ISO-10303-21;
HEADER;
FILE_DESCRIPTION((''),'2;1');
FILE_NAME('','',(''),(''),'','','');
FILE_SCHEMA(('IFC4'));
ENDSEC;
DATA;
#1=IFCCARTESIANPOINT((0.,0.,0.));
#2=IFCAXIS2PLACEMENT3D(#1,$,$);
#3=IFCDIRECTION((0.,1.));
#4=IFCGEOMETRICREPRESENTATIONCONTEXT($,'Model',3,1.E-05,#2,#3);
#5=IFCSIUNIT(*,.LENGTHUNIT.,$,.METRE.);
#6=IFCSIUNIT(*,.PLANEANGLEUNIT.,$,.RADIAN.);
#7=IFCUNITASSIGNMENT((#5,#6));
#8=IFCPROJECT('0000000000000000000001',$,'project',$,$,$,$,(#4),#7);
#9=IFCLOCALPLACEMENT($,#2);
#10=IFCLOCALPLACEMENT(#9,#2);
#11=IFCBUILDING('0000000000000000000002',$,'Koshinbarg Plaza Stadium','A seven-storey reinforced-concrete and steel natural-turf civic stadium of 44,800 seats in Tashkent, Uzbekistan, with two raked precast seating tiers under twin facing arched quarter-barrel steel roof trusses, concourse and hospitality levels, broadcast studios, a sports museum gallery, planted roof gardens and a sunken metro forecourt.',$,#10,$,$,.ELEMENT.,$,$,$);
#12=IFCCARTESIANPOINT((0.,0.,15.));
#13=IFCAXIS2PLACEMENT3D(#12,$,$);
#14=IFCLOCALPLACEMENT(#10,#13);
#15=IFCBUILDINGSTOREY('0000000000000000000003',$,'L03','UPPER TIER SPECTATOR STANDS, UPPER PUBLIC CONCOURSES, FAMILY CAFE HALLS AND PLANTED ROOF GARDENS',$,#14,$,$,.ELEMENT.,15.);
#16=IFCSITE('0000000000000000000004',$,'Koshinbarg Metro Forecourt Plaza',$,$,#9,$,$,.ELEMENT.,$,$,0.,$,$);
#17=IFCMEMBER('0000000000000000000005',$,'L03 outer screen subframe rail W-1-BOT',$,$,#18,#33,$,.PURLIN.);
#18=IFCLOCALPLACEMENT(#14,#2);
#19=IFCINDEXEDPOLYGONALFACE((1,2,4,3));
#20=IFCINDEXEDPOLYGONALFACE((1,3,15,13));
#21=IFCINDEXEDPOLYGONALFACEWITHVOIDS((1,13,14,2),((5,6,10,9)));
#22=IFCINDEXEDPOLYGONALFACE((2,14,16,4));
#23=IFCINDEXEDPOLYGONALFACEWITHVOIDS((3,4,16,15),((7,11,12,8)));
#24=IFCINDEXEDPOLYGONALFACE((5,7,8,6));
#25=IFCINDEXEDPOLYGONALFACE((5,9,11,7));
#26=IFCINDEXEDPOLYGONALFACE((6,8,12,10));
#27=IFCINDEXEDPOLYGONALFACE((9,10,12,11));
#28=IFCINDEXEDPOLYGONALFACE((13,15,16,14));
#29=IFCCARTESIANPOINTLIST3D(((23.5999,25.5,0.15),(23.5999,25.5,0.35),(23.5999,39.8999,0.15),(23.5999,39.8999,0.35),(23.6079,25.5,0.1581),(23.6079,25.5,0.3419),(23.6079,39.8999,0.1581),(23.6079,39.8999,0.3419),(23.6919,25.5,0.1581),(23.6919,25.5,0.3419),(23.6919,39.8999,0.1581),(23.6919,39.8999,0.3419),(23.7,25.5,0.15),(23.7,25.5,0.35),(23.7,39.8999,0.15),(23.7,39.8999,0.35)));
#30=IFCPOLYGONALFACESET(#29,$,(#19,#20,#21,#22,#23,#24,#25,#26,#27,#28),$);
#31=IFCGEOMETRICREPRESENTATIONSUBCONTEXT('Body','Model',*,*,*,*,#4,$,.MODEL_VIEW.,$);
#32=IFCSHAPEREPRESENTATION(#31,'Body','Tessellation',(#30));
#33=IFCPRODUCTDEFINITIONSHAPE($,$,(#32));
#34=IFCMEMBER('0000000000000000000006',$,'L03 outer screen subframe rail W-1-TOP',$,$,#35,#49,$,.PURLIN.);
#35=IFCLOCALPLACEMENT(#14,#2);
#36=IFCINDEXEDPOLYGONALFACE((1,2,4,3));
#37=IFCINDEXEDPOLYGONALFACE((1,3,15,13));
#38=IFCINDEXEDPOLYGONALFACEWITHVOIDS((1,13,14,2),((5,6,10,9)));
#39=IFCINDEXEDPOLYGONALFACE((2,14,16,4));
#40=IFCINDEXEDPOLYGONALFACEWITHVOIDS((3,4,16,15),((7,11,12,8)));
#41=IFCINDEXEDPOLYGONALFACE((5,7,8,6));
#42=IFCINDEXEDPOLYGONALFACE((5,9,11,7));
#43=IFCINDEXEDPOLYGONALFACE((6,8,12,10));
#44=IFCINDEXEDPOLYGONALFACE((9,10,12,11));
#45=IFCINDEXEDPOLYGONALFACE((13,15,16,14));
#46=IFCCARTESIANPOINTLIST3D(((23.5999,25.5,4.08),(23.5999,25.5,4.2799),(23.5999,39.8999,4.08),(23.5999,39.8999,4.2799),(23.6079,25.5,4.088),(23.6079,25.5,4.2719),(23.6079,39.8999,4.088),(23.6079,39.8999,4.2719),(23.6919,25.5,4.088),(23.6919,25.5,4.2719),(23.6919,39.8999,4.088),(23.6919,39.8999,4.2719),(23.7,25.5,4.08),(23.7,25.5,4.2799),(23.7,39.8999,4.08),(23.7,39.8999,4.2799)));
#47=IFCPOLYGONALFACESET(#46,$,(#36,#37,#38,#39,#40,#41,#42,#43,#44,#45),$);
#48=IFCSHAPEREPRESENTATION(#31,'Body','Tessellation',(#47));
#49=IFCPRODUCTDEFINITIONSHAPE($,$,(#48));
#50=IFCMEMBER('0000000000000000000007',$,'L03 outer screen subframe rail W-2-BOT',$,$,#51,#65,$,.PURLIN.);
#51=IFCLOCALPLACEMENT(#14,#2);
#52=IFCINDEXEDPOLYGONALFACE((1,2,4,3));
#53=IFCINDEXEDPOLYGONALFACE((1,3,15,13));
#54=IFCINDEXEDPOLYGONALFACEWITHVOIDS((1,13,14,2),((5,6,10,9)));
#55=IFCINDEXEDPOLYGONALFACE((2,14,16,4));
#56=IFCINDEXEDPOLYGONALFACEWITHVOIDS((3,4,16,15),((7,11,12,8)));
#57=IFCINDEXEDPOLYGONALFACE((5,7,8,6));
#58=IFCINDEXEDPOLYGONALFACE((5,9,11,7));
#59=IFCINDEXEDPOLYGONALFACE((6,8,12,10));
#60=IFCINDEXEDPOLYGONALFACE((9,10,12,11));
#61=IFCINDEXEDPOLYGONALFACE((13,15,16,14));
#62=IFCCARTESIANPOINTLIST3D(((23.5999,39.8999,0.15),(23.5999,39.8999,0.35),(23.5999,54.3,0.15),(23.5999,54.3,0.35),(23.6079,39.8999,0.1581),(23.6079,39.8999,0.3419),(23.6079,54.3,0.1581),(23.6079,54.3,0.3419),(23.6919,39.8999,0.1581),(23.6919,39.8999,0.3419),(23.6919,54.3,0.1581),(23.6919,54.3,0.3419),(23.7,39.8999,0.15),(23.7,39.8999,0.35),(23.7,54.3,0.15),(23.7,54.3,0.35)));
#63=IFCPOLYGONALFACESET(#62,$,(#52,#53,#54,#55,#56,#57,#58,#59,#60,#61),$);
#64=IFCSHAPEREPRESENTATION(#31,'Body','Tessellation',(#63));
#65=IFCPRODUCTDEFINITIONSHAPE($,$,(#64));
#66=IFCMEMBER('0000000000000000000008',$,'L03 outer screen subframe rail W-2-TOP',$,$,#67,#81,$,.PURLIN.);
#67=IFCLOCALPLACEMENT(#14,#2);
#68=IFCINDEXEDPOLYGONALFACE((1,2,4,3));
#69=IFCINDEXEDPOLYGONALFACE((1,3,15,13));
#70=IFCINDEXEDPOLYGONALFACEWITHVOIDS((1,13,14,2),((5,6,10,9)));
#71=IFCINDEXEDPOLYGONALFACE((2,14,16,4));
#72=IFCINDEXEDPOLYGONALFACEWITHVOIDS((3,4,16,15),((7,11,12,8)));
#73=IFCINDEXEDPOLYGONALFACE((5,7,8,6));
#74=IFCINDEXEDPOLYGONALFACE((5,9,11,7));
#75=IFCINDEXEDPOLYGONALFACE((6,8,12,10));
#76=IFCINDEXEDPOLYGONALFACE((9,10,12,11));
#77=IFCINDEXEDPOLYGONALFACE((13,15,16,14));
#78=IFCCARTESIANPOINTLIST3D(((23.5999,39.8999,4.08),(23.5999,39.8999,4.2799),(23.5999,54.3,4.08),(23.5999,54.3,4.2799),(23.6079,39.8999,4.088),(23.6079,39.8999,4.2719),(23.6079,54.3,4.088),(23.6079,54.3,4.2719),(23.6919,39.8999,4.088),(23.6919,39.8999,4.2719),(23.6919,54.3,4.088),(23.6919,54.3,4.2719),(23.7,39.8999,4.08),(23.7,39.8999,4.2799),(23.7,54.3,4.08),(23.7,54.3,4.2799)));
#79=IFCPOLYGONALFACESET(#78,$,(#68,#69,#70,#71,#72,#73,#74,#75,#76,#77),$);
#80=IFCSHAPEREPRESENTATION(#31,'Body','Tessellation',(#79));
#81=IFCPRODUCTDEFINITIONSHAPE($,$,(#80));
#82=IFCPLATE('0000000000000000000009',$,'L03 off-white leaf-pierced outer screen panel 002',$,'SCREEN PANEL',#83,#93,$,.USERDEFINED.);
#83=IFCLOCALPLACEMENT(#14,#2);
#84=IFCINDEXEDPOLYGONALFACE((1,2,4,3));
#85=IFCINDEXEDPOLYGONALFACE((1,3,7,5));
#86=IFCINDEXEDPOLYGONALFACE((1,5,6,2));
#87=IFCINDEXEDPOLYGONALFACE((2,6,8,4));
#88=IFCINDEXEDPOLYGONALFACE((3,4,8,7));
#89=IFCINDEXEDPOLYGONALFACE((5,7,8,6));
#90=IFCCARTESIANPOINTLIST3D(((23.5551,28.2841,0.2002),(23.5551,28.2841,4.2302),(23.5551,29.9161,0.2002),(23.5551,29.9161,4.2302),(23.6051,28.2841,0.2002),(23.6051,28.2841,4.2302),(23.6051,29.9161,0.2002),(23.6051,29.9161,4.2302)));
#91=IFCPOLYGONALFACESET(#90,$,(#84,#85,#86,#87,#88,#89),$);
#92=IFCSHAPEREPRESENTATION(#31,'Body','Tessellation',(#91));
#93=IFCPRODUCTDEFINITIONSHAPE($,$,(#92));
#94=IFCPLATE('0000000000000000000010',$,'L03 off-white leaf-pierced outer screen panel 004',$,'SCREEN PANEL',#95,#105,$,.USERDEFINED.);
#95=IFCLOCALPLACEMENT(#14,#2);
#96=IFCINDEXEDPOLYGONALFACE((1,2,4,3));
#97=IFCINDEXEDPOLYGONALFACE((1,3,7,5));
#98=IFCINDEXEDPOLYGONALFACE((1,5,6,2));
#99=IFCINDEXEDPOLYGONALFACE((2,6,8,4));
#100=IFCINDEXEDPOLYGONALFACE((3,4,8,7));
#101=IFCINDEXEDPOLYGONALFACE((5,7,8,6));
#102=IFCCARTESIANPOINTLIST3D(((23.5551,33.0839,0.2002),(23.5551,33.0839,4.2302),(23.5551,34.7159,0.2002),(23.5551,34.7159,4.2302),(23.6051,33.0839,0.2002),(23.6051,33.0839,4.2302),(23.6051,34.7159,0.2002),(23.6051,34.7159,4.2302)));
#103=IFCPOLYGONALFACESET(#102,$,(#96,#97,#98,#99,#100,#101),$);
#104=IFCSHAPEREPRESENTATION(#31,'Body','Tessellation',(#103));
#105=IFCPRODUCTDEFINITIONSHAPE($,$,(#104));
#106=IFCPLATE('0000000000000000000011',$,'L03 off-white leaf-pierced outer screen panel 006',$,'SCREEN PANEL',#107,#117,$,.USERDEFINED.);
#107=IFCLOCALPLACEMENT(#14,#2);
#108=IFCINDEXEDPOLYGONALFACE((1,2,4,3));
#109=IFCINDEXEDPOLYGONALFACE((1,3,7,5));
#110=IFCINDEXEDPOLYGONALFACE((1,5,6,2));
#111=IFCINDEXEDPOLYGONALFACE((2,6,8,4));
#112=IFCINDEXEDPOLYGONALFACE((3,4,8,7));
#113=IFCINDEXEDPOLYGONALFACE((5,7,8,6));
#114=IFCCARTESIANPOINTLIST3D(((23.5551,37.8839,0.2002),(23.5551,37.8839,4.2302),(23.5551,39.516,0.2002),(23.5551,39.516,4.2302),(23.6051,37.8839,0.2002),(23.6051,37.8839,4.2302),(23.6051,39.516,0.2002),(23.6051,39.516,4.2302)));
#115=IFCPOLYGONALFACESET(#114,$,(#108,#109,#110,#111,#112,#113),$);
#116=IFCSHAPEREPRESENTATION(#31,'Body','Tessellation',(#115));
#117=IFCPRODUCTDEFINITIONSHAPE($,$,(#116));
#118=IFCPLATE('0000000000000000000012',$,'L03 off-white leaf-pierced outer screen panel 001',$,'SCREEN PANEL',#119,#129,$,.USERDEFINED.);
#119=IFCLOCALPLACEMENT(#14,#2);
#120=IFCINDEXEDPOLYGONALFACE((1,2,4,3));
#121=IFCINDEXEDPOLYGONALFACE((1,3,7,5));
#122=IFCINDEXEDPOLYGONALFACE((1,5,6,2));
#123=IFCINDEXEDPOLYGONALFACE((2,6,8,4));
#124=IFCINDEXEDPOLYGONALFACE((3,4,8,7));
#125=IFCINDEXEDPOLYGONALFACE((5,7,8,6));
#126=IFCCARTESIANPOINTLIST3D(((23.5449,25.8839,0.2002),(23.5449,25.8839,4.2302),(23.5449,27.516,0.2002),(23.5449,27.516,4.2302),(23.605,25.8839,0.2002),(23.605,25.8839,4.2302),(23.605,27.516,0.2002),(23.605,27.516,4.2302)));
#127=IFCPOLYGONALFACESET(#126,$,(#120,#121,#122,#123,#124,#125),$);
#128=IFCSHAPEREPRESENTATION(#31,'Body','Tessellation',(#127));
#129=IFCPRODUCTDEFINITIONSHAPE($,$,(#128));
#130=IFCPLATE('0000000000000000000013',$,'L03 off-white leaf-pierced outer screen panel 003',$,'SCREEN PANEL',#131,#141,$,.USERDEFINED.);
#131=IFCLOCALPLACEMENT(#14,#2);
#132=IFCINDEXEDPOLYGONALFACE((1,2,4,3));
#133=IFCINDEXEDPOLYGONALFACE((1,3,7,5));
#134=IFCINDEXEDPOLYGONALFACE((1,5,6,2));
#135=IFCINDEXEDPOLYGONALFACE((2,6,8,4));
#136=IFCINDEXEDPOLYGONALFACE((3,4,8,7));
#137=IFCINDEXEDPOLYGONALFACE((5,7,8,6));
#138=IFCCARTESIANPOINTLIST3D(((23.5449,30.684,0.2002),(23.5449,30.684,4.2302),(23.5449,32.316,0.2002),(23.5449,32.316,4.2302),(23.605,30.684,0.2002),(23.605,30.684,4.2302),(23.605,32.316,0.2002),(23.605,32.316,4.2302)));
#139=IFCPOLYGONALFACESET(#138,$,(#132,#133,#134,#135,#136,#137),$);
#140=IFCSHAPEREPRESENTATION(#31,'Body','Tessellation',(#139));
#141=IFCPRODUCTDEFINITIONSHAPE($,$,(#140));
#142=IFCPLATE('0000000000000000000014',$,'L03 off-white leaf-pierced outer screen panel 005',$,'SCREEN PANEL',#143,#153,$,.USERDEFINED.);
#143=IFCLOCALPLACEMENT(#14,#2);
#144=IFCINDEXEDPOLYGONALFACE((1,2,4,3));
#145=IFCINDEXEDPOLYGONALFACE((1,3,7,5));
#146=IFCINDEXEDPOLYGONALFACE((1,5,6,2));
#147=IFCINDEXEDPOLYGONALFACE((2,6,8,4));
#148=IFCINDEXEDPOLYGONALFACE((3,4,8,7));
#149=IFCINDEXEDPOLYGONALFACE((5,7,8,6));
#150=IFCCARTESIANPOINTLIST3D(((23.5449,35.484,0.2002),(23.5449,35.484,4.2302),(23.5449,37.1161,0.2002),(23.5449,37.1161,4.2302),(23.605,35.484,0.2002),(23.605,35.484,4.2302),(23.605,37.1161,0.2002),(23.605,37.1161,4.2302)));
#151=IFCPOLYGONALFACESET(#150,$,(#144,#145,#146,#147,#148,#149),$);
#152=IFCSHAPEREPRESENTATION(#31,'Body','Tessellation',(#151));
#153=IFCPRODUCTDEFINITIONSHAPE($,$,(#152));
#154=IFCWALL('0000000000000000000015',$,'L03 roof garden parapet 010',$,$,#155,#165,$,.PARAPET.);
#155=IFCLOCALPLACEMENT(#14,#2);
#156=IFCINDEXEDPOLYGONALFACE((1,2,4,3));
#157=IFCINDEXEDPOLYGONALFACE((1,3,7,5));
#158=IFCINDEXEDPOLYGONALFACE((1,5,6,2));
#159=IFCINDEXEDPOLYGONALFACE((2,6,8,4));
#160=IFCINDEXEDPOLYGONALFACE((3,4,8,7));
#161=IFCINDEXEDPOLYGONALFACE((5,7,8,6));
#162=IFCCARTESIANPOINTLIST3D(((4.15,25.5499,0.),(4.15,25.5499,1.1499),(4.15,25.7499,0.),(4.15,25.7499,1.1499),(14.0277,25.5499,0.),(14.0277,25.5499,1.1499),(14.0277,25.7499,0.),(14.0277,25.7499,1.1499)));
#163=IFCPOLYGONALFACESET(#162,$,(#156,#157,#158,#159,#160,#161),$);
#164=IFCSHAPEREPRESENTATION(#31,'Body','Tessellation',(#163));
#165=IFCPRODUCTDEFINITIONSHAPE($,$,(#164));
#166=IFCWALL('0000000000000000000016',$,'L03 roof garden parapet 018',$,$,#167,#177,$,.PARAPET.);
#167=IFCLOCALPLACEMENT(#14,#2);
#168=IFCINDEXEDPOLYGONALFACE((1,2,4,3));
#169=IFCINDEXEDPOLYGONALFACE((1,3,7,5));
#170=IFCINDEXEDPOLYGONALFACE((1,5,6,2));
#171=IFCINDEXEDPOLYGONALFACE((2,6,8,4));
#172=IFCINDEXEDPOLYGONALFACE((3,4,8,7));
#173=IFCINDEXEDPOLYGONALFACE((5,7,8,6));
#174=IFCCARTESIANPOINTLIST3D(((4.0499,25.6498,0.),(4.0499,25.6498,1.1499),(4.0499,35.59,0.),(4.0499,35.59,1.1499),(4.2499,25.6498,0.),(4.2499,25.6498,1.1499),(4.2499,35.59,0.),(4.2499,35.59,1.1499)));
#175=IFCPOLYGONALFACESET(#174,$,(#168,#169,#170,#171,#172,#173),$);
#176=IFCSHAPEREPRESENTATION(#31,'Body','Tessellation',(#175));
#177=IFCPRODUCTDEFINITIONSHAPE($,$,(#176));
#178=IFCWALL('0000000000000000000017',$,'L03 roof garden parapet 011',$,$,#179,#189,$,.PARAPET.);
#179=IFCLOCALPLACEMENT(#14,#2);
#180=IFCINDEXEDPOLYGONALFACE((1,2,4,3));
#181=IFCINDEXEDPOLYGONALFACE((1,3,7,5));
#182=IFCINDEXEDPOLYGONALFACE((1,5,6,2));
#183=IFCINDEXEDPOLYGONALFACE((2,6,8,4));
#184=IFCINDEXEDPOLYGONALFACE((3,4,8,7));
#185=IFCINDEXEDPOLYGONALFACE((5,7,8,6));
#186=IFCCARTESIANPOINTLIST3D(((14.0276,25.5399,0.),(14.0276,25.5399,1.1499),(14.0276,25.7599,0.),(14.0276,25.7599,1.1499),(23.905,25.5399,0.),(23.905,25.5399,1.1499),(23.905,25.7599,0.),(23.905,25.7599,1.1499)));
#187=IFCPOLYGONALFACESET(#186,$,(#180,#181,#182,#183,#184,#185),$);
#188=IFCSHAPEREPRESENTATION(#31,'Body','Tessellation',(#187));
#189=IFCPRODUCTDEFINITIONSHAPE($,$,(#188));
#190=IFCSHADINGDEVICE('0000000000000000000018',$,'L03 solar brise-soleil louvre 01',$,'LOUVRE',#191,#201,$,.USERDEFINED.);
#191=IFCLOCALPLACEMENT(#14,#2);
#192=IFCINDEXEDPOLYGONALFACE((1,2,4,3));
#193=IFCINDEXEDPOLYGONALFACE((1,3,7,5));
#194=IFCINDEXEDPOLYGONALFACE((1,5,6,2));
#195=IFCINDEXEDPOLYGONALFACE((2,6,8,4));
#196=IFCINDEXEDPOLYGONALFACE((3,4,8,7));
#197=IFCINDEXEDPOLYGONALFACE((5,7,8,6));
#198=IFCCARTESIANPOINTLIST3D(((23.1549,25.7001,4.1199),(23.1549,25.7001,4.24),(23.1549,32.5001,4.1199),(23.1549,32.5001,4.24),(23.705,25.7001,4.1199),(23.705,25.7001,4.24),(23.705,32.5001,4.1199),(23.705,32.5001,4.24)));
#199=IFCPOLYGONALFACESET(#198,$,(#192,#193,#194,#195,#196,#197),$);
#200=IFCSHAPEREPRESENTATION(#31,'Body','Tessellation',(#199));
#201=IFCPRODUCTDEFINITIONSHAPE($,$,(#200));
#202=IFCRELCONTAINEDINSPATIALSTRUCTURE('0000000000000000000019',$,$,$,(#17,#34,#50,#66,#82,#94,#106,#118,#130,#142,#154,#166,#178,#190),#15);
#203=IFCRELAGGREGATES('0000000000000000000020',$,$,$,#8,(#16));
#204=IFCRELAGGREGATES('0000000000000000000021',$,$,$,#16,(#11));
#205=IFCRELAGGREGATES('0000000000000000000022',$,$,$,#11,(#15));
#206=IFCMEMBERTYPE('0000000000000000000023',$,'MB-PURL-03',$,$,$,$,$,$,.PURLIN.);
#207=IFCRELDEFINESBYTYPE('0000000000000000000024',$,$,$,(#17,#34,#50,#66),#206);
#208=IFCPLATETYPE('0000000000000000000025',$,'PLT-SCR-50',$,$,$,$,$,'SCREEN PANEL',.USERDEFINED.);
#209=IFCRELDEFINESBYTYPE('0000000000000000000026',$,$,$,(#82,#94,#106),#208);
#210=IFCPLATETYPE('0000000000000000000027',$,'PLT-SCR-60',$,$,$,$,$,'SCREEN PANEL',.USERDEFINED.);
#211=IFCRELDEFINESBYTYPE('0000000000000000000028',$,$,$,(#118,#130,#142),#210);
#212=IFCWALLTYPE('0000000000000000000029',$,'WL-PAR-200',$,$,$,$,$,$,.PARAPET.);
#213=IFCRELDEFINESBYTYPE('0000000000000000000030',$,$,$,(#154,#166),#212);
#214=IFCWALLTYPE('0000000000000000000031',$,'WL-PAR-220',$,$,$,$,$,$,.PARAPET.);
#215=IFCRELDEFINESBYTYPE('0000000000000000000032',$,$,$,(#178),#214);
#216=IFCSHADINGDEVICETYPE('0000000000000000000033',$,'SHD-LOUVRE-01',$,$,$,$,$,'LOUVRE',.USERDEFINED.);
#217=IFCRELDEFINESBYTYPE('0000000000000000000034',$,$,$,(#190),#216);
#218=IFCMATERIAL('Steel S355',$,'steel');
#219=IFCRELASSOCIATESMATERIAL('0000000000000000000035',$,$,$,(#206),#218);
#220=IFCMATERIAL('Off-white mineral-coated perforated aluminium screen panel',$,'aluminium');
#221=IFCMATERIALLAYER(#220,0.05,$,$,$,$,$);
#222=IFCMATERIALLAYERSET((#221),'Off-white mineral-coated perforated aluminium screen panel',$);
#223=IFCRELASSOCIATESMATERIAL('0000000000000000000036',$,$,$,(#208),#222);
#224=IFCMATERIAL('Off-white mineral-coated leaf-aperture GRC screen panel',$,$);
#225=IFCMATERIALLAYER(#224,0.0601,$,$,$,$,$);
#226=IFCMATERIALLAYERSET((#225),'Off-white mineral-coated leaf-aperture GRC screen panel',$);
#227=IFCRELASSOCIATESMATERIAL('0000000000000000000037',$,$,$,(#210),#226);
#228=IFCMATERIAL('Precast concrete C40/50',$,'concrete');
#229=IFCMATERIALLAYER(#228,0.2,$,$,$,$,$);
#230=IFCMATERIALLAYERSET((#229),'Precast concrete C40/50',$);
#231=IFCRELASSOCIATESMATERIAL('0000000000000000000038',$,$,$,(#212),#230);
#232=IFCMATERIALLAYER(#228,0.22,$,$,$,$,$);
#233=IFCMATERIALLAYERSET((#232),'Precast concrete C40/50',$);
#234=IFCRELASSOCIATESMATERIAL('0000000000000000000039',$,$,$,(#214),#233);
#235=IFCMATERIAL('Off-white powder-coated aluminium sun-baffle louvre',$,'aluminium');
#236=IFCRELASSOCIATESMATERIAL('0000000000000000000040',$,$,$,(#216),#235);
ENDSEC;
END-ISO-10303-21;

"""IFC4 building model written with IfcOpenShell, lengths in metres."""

from ifc_helpers import new_model, si_unit, direction, frame, frame_2d, origin, origin_2d, place, context, subcontext, project, spatial, rectangle, hollow_rectangle, extrude, material, layer, layer_set, material_profile, profile_set, type_object, element, save


model = new_model("IFC4")

# Units and contexts
model_context = context("Model", 3, precision=1e-05, world=origin(), true_north=direction((0.0, 1.0)))
body_context = subcontext(model_context, "Body", "Model", "MODEL_VIEW")
ifc_project = project(units=[si_unit("LENGTHUNIT", "METRE"), si_unit("PLANEANGLEUNIT", "RADIAN")], contexts=[model_context])

# Site, building, storey
site_placement = place(None, origin())
site = spatial("IfcSite", under=ifc_project, at=site_placement, Name="Koshinbarg Metro Forecourt Plaza", CompositionType="ELEMENT", RefElevation=0.0)
building_placement = place(site_placement, origin())
building = spatial("IfcBuilding", under=site, at=building_placement, Name="Koshinbarg Plaza Stadium", Description="A seven-storey reinforced-concrete and steel natural-turf civic stadium of 44,800 seats in Tashkent, Uzbekistan, with two raked precast seating tiers under twin facing arched quarter-barrel steel roof trusses, concourse and hospitality levels, broadcast studios, a sports museum gallery, planted roof gardens and a sunken metro forecourt.", CompositionType="ELEMENT")
storey_placement = place(building_placement, frame((0.0, 0.0, 15.0)))
storey = spatial("IfcBuildingStorey", under=building, at=storey_placement, Name="L03", Description="UPPER TIER SPECTATOR STANDS, UPPER PUBLIC CONCOURSES, FAMILY CAFE HALLS AND PLANTED ROOF GARDENS", CompositionType="ELEMENT", Elevation=15.0)

# Shared definitions
ifc_material_1 = material(Name="Steel S355", Category="steel")

# Members
ifc_material_profile_1 = material_profile(ifc_material_1, hollow_rectangle(XDim=0.1001, YDim=0.2, WallThickness=0.0081, at=origin_2d()), Name="RHS 200x100x8")
ifc_profile_set_1 = profile_set([ifc_material_profile_1], Name="Steel S355")
member_type = type_object("IfcMemberType", Name="MB-PURL-03", PredefinedType="PURLIN", material=ifc_profile_set_1)
for number, where, z_axis, x_axis, name in (
    (1, (23.6499, 25.5, 0.25), (0.0, 1.0, 0.0), (-1.0, 0.0, 0.0), "L03 outer screen subframe rail W-1-BOT"),
    (2, (23.6499, 25.5, 4.1799), (0.0, 1.0, 0.0), (-1.0, 0.0, 0.0), "L03 outer screen subframe rail W-1-TOP"),
):
    element("IfcMember", number, at=place(storey_placement, frame(where, z_axis=z_axis, x_axis=x_axis)), inside=storey, type_object=member_type, Name=name, PredefinedType="PURLIN", context=body_context, shape_type="SweptSolid", body=[
        extrude(hollow_rectangle(XDim=0.1001, YDim=0.2, WallThickness=0.0081, at=origin_2d()), origin(), (0.0, 0.0, 1.0), 14.3999),
    ])
for number, where, z_axis, x_axis, name in (
    (3, (23.6499, 39.8999, 0.25), (0.0, 1.0, 0.0), (-1.0, 0.0, 0.0), "L03 outer screen subframe rail W-2-BOT"),
    (4, (23.6499, 39.8999, 4.1799), (0.0, 1.0, 0.0), (-1.0, 0.0, 0.0), "L03 outer screen subframe rail W-2-TOP"),
):
    element("IfcMember", number, at=place(storey_placement, frame(where, z_axis=z_axis, x_axis=x_axis)), inside=storey, type_object=member_type, Name=name, PredefinedType="PURLIN", context=body_context, shape_type="SweptSolid", body=[
        extrude(hollow_rectangle(XDim=0.1001, YDim=0.2, WallThickness=0.0081, at=origin_2d()), origin(), (0.0, 0.0, 1.0), 14.4001),
    ])

# Plates
ifc_material_2 = material(Name="Off-white mineral-coated perforated aluminium screen panel", Category="aluminium")
ifc_layer_1 = layer(ifc_material_2, 0.05)
ifc_layer_set_1 = layer_set([ifc_layer_1], Name="Off-white mineral-coated perforated aluminium screen panel")
plate_type_1 = type_object("IfcPlateType", Name="PLT-SCR-50", ElementType="SCREEN PANEL", PredefinedType="USERDEFINED", material=ifc_layer_set_1)
for number, where, z_axis, x_axis, name in (
    (5, (23.5801, 29.1001, 0.2002), (0.0, 0.0, 1.0), (1.0, 0.0, 0.0), "L03 off-white leaf-pierced outer screen panel 002"),
    (6, (23.5801, 33.8999, 0.2002), (0.0, 0.0, 1.0), (1.0, 0.0, 0.0), "L03 off-white leaf-pierced outer screen panel 004"),
    (7, (23.5801, 38.7, 0.2002), (0.0, 0.0, 1.0), (1.0, 0.0, 0.0), "L03 off-white leaf-pierced outer screen panel 006"),
):
    element("IfcPlate", number, at=place(storey_placement, frame(where, z_axis=z_axis, x_axis=x_axis)), inside=storey, type_object=plate_type_1, Name=name, ObjectType="SCREEN PANEL", PredefinedType="USERDEFINED", context=body_context, shape_type="SweptSolid", body=[
        extrude(rectangle(XDim=0.05, YDim=1.6321, at=origin_2d()), origin(), (0.0, 0.0, 1.0), 4.03),
    ])
ifc_material_3 = material(Name="Off-white mineral-coated leaf-aperture GRC screen panel")
ifc_layer_2 = layer(ifc_material_3, 0.0601)
ifc_layer_set_2 = layer_set([ifc_layer_2], Name="Off-white mineral-coated leaf-aperture GRC screen panel")
plate_type_2 = type_object("IfcPlateType", Name="PLT-SCR-60", ElementType="SCREEN PANEL", PredefinedType="USERDEFINED", material=ifc_layer_set_2)
for number, where, z_axis, x_axis, name in (
    (8, (23.575, 26.7, 0.2002), (0.0, 0.0, 1.0), (1.0, 0.0, 0.0), "L03 off-white leaf-pierced outer screen panel 001"),
    (9, (23.575, 31.5, 0.2002), (0.0, 0.0, 1.0), (1.0, 0.0, 0.0), "L03 off-white leaf-pierced outer screen panel 003"),
    (10, (23.575, 36.3, 0.2002), (0.0, 0.0, 1.0), (1.0, 0.0, 0.0), "L03 off-white leaf-pierced outer screen panel 005"),
):
    element("IfcPlate", number, at=place(storey_placement, frame(where, z_axis=z_axis, x_axis=x_axis)), inside=storey, type_object=plate_type_2, Name=name, ObjectType="SCREEN PANEL", PredefinedType="USERDEFINED", context=body_context, shape_type="SweptSolid", body=[
        extrude(rectangle(XDim=0.0601, YDim=1.6321, at=origin_2d()), origin(), (0.0, 0.0, 1.0), 4.03),
    ])

# Walls
ifc_material_4 = material(Name="Precast concrete C40/50", Category="concrete")
ifc_layer_3 = layer(ifc_material_4, 0.2)
ifc_layer_set_3 = layer_set([ifc_layer_3], Name="Precast concrete C40/50")
wall_type_1 = type_object("IfcWallType", Name="WL-PAR-200", PredefinedType="PARAPET", material=ifc_layer_set_3)
wall_1_placement = place(storey_placement, frame((4.1499, 25.6499, 0.0), z_axis=(0.0, 0.0, 1.0), x_axis=(1.0, 0.0, 0.0)))
element("IfcWall", 11, at=wall_1_placement, inside=storey, type_object=wall_type_1, Name="L03 roof garden parapet 010", PredefinedType="PARAPET", context=body_context, shape_type="SweptSolid", body=[
    extrude(rectangle(XDim=9.8777, YDim=0.2, at=frame_2d((4.939, 0.0))), origin(), (0.0, 0.0, 1.0), 1.1499),
])
wall_2_placement = place(storey_placement, frame((4.1499, 35.5901, 0.0), z_axis=(0.0, 0.0, 1.0), x_axis=(0.0, -1.0, 0.0)))
element("IfcWall", 12, at=wall_2_placement, inside=storey, type_object=wall_type_1, Name="L03 roof garden parapet 018", PredefinedType="PARAPET", context=body_context, shape_type="SweptSolid", body=[
    extrude(rectangle(XDim=9.9402, YDim=0.2, at=frame_2d((4.9702, 0.0))), origin(), (0.0, 0.0, 1.0), 1.1499),
])
ifc_layer_4 = layer(ifc_material_4, 0.22)
ifc_layer_set_4 = layer_set([ifc_layer_4], Name="Precast concrete C40/50")
wall_type_2 = type_object("IfcWallType", Name="WL-PAR-220", PredefinedType="PARAPET", material=ifc_layer_set_4)
wall_3_placement = place(storey_placement, frame((14.0276, 25.6499, 0.0), z_axis=(0.0, 0.0, 1.0), x_axis=(1.0, 0.0, 0.0)))
element("IfcWall", 13, at=wall_3_placement, inside=storey, type_object=wall_type_2, Name="L03 roof garden parapet 011", PredefinedType="PARAPET", context=body_context, shape_type="SweptSolid", body=[
    extrude(rectangle(XDim=9.8774, YDim=0.22, at=frame_2d((4.9387, 0.0))), origin(), (0.0, 0.0, 1.0), 1.1499),
])

# Shading device
ifc_material_5 = material(Name="Off-white powder-coated aluminium sun-baffle louvre", Category="aluminium")
shading_device_type = type_object("IfcShadingDeviceType", Name="SHD-LOUVRE-01", ElementType="LOUVRE", PredefinedType="USERDEFINED", material=ifc_material_5)
for number, where, z_axis, x_axis, name in (
    (14, (23.4299, 29.1001, 4.1199), (0.0, 0.0, 1.0), (1.0, 0.0, 0.0), "L03 solar brise-soleil louvre 01"),
):
    element("IfcShadingDevice", number, at=place(storey_placement, frame(where, z_axis=z_axis, x_axis=x_axis)), inside=storey, type_object=shading_device_type, Name=name, ObjectType="LOUVRE", PredefinedType="USERDEFINED", context=body_context, shape_type="SweptSolid", body=[
        extrude(rectangle(XDim=0.55, YDim=6.8, at=origin_2d()), origin(), (0.0, 0.0, 1.0), 0.1201),
    ])

save(model, "model.ifc")
